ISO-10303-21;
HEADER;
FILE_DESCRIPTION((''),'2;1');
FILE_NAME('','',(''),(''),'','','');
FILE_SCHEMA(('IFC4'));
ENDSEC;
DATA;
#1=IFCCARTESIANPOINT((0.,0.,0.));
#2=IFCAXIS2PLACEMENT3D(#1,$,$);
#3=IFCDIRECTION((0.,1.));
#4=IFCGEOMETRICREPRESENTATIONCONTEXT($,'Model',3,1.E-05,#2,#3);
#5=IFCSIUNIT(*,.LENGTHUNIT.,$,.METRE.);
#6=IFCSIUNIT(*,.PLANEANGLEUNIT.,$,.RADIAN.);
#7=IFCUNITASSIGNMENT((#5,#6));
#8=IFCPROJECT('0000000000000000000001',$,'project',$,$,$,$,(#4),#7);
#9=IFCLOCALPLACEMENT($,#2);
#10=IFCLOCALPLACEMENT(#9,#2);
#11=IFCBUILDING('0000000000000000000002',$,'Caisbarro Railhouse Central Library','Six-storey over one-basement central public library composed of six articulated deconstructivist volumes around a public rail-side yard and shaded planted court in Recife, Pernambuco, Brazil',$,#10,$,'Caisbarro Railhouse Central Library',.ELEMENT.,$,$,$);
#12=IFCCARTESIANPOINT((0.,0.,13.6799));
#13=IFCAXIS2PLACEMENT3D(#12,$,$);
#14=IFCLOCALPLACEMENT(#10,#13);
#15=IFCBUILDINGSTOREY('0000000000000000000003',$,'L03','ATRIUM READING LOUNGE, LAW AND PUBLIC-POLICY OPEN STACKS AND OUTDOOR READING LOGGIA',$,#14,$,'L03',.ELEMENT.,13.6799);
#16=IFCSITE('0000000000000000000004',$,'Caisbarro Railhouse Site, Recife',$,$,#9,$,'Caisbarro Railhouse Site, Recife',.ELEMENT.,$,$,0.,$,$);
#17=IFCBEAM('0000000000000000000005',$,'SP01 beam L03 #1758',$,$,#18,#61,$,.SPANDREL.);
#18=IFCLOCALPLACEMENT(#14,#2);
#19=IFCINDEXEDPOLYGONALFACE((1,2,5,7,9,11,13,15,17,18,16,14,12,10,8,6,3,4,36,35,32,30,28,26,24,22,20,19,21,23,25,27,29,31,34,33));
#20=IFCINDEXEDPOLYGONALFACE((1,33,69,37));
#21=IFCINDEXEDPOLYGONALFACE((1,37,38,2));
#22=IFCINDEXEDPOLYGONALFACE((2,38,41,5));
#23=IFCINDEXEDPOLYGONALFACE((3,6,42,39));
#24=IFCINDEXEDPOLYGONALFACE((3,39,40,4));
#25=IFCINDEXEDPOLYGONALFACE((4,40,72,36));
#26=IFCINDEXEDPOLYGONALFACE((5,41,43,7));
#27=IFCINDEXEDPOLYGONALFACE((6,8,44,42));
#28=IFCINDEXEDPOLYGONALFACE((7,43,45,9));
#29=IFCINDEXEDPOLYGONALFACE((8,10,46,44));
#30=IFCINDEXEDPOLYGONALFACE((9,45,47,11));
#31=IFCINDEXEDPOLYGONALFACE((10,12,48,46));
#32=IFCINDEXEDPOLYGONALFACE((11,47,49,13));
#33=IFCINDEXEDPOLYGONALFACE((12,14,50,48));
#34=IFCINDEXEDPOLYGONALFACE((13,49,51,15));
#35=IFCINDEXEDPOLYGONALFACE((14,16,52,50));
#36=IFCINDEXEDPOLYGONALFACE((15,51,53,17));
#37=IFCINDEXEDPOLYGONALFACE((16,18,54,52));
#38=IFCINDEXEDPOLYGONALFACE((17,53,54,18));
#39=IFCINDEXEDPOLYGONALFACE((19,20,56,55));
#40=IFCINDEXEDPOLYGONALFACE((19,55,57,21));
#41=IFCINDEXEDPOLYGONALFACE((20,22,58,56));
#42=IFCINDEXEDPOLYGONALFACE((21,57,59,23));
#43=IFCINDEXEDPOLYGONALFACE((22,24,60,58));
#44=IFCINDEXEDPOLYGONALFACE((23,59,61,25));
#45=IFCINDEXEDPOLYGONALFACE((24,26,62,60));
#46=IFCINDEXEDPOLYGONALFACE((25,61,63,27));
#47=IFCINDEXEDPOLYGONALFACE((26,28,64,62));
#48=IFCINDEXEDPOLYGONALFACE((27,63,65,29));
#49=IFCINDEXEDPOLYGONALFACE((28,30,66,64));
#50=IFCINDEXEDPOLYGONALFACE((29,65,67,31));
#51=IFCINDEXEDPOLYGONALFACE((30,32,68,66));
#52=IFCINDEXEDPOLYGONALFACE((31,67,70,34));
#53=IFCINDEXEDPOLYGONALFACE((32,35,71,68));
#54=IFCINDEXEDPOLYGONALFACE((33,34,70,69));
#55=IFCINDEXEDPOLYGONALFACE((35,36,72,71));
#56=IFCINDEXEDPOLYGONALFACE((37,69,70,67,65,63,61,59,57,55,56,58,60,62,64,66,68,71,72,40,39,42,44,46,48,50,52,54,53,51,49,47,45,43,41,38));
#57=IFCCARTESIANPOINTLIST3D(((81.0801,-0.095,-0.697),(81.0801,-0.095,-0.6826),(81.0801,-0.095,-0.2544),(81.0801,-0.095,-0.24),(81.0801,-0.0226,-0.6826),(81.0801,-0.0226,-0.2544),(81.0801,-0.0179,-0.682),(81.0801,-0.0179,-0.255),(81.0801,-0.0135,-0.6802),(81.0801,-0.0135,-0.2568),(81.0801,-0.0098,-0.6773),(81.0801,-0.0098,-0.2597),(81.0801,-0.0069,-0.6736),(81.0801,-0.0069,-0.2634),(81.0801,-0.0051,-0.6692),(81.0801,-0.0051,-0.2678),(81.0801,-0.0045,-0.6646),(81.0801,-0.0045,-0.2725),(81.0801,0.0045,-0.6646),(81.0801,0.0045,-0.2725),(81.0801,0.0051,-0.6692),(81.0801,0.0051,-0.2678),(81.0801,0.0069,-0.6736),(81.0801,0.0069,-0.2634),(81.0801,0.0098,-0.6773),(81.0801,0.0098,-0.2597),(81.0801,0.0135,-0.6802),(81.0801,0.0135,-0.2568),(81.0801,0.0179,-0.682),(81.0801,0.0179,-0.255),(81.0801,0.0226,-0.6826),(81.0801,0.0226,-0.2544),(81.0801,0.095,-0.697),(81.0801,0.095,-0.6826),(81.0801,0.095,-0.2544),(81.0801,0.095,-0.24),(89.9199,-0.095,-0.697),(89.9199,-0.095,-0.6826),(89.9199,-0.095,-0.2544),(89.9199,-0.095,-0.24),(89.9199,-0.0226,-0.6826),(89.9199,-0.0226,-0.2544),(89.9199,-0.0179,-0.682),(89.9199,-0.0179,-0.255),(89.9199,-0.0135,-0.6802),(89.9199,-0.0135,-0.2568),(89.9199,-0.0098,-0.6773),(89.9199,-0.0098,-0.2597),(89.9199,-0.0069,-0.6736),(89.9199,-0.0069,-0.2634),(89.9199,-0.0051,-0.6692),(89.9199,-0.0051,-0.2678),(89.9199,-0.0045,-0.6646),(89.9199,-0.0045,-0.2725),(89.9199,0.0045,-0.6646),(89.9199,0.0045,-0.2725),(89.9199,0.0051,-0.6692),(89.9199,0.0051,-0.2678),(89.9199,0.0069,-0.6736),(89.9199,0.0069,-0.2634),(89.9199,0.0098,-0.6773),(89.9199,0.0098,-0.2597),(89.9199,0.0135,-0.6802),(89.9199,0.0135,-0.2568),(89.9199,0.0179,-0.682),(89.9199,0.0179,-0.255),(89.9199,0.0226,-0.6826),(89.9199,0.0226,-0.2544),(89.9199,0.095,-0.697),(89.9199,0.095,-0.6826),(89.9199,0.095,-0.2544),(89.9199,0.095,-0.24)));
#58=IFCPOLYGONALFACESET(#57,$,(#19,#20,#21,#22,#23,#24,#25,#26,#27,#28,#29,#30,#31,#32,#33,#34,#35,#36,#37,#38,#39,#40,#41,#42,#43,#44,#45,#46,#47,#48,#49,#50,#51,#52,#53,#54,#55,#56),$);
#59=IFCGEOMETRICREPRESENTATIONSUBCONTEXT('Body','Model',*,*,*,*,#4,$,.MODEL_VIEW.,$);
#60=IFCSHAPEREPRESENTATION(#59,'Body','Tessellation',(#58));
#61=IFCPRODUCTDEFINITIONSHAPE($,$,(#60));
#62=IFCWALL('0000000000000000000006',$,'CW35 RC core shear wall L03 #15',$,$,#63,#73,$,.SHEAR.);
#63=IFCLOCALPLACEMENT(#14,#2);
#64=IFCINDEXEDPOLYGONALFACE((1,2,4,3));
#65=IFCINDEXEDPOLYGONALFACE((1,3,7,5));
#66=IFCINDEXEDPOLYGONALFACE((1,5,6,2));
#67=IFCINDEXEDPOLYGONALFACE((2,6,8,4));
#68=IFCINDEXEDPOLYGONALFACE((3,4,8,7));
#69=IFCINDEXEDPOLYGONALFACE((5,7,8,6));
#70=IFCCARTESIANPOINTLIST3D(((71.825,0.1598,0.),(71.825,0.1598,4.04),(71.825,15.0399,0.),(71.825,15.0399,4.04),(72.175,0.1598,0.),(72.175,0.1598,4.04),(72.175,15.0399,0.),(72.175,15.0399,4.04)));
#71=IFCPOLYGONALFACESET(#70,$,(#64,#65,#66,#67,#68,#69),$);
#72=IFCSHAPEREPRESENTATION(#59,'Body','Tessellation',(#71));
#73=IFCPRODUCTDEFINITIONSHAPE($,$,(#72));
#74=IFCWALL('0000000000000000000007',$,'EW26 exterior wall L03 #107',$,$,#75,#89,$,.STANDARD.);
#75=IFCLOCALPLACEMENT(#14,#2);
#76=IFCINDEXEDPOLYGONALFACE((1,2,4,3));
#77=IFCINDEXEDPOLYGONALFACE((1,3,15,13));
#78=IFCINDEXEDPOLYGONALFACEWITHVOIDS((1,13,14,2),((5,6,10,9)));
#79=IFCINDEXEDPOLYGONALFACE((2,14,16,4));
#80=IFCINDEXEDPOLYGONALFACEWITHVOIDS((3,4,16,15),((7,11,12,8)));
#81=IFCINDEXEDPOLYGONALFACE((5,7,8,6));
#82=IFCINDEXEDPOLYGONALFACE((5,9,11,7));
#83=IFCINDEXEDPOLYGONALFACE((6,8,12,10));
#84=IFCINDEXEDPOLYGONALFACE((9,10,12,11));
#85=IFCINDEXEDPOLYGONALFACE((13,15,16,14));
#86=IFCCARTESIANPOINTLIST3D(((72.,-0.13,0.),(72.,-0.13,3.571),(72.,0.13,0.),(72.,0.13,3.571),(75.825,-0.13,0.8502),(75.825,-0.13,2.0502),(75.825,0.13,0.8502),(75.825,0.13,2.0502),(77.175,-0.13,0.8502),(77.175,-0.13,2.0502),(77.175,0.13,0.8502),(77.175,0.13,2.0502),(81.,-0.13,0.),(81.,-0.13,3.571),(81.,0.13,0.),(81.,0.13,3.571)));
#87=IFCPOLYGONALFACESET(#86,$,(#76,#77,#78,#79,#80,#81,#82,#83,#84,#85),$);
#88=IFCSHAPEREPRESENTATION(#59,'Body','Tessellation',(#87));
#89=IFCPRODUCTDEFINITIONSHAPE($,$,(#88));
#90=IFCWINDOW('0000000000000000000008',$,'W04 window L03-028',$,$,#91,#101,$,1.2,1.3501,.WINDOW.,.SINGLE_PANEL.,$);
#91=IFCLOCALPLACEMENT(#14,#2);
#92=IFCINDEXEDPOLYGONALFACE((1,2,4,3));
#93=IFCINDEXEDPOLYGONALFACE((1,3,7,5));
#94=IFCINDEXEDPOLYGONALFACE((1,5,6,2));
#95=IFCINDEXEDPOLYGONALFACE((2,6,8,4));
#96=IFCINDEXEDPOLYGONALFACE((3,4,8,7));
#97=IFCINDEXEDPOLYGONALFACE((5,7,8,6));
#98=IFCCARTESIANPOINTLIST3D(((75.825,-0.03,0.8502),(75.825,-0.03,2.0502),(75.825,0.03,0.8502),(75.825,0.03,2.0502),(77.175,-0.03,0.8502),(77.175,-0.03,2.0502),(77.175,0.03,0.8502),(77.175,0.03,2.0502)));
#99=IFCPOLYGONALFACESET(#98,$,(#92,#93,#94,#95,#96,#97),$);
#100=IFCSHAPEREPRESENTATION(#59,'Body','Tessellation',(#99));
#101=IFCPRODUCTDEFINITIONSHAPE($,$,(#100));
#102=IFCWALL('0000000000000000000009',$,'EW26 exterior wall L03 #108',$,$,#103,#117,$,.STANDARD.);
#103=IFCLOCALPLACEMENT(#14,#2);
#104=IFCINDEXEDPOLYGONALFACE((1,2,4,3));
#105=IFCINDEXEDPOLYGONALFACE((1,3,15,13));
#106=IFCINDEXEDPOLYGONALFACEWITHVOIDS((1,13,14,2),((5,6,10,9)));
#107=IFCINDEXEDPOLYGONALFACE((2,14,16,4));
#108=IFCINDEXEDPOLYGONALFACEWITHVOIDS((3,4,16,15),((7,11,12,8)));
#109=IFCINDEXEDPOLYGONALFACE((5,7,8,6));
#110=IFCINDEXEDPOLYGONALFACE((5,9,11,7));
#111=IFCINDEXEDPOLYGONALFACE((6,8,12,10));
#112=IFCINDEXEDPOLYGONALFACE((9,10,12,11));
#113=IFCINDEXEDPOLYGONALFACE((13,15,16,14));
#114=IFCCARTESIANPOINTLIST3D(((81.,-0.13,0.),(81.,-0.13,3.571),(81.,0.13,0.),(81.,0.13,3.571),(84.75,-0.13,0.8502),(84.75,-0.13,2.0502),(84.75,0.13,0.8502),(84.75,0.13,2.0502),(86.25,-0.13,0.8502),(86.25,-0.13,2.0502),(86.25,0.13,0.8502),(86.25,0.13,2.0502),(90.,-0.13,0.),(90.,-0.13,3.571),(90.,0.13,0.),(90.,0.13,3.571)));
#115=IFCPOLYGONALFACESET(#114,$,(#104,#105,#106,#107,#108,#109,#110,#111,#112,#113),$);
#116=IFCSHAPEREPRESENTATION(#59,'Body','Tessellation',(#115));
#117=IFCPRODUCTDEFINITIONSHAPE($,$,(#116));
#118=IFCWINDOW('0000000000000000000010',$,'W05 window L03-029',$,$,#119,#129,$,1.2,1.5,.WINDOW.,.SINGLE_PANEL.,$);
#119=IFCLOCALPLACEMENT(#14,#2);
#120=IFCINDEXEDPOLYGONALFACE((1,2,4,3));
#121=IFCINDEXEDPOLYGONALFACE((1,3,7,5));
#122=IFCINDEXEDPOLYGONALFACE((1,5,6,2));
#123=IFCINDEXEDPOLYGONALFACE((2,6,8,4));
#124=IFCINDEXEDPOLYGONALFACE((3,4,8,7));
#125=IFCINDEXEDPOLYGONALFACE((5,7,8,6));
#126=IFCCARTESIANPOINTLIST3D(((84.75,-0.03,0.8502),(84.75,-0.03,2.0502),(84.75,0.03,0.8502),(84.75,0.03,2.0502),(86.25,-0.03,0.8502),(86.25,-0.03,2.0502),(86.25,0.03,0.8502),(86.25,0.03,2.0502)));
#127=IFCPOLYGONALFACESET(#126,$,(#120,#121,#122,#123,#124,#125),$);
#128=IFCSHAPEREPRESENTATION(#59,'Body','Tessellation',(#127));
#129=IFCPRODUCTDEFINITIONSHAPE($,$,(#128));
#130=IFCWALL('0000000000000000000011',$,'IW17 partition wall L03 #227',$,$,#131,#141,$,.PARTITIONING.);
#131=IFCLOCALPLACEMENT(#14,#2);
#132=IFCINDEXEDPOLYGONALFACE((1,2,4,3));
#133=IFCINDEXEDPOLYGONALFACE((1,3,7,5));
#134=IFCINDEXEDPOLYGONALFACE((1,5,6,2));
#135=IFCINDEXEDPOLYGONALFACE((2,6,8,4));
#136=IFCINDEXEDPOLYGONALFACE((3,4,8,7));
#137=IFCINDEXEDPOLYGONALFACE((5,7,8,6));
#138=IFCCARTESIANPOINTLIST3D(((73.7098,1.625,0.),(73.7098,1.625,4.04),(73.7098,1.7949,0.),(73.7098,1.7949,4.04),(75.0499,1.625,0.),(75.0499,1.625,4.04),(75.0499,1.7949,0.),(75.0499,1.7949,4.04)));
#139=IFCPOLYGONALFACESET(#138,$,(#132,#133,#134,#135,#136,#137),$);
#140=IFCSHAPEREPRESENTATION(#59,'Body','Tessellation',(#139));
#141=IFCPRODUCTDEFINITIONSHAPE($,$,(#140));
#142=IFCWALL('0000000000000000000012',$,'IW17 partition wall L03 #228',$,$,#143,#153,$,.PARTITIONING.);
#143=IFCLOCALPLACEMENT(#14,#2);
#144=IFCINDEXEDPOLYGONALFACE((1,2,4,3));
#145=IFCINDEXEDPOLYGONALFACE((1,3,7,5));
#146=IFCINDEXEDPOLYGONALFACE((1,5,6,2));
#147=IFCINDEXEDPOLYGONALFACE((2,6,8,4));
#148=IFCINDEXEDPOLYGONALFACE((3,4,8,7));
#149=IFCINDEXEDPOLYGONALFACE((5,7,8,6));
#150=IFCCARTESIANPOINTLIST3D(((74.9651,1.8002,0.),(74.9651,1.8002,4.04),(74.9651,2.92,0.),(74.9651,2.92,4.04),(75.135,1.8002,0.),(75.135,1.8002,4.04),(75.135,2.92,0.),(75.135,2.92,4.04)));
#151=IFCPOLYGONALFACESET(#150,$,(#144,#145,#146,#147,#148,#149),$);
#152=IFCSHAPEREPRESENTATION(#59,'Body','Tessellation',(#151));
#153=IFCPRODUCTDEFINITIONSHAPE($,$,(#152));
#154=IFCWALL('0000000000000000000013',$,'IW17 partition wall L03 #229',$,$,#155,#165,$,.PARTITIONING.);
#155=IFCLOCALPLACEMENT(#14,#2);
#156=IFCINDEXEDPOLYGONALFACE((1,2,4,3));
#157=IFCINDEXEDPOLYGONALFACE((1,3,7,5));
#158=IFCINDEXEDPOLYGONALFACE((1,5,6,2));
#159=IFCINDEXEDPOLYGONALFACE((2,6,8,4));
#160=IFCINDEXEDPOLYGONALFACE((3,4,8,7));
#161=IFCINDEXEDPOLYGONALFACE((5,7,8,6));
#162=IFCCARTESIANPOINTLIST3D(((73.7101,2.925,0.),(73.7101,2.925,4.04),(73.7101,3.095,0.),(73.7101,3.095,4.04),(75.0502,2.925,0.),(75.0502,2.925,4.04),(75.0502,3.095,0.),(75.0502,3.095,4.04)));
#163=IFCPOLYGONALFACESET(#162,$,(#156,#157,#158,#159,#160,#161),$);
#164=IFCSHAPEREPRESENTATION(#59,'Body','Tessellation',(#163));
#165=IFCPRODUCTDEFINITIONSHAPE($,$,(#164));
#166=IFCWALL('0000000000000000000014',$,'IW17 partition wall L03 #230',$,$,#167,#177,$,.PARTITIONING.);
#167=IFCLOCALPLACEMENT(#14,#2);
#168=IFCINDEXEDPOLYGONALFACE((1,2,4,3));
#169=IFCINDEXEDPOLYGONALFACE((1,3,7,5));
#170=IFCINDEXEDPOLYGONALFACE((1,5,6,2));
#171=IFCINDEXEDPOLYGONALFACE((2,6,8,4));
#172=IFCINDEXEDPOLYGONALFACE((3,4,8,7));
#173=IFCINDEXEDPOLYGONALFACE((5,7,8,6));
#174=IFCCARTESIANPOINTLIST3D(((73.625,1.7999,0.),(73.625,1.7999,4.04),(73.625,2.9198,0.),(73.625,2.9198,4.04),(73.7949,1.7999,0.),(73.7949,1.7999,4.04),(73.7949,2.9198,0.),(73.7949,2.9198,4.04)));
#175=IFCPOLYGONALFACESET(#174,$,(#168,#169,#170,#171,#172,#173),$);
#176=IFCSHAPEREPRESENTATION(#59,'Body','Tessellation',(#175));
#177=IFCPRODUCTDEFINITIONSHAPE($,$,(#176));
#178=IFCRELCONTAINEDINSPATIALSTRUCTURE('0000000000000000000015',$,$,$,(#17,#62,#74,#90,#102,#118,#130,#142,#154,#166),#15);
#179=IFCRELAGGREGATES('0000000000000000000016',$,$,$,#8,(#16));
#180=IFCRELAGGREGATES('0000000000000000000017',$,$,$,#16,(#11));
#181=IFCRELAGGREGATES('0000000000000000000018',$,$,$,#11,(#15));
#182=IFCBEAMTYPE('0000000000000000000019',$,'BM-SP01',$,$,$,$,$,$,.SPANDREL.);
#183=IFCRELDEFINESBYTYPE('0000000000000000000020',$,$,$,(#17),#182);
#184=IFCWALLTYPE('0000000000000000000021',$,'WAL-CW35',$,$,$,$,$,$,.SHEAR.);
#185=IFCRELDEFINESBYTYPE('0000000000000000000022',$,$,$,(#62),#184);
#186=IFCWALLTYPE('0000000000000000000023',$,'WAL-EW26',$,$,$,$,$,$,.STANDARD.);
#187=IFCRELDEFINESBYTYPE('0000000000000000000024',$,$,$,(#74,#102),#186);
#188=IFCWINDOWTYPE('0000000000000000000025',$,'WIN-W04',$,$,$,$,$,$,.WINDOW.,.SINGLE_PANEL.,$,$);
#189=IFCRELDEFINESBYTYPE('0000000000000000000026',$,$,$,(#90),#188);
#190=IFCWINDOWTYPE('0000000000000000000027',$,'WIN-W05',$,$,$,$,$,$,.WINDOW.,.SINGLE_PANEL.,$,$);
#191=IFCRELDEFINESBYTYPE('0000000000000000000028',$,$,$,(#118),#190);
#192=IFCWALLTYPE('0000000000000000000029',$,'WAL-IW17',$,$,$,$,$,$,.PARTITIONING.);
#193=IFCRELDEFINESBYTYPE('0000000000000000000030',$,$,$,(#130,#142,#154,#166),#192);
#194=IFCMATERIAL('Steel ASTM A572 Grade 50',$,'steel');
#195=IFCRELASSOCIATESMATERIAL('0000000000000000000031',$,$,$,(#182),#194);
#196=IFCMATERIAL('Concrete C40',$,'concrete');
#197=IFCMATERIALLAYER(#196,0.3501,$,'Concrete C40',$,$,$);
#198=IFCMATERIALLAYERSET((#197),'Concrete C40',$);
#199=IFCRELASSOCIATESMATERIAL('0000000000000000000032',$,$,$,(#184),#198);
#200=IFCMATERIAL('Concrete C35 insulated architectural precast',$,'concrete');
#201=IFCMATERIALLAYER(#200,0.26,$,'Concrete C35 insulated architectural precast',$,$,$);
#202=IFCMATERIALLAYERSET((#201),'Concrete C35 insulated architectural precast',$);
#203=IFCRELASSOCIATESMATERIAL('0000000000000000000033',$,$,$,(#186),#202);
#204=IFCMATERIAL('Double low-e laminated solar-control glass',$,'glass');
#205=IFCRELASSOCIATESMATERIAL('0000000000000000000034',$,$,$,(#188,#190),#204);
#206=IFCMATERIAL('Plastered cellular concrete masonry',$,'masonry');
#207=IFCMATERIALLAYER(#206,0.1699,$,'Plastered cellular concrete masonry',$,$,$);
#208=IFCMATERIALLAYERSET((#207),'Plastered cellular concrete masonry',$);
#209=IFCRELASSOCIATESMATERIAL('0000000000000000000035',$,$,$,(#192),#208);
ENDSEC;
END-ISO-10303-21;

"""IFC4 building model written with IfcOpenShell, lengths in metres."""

from ifc_helpers import new_model, si_unit, direction, frame, frame_2d, origin, origin_2d, place, context, subcontext, project, spatial, rectangle, i_section, extrude, material, layer, layer_set, material_profile, profile_set, type_object, element, fill, save


model = new_model("IFC4")

# Units and contexts
model_context = context("Model", 3, precision=1e-05, world=origin(), true_north=direction((0.0, 1.0)))
body_context = subcontext(model_context, "Body", "Model", "MODEL_VIEW")
ifc_project = project(units=[si_unit("LENGTHUNIT", "METRE"), si_unit("PLANEANGLEUNIT", "RADIAN")], contexts=[model_context])

# Site, building, storey
site_placement = place(None, origin())
site = spatial("IfcSite", under=ifc_project, at=site_placement, Name="Caisbarro Railhouse Site, Recife", LongName="Caisbarro Railhouse Site, Recife", CompositionType="ELEMENT", RefElevation=0.0)
building_placement = place(site_placement, origin())
building = spatial("IfcBuilding", under=site, at=building_placement, Name="Caisbarro Railhouse Central Library", Description="Six-storey over one-basement central public library composed of six articulated deconstructivist volumes around a public rail-side yard and shaded planted court in Recife, Pernambuco, Brazil", LongName="Caisbarro Railhouse Central Library", CompositionType="ELEMENT")
storey_placement = place(building_placement, frame((0.0, 0.0, 13.6799)))
storey = spatial("IfcBuildingStorey", under=building, at=storey_placement, Name="L03", Description="ATRIUM READING LOUNGE, LAW AND PUBLIC-POLICY OPEN STACKS AND OUTDOOR READING LOGGIA", LongName="L03", CompositionType="ELEMENT", Elevation=13.6799)

# Shared definitions
ifc_material_1 = material(Name="Steel ASTM A572 Grade 50", Category="steel")

# Beam
ifc_material_profile_1 = material_profile(ifc_material_1, i_section(OverallWidth=0.1899, OverallDepth=0.457, WebThickness=0.009, FlangeThickness=0.0144, FilletRadius=0.0181, at=origin_2d()), Name="W460X74.0")
ifc_profile_set_1 = profile_set([ifc_material_profile_1], Name="Steel ASTM A572 Grade 50")
beam_type_1 = type_object("IfcBeamType", Name="BM-SP01", PredefinedType="SPANDREL", material=ifc_profile_set_1)
for number, where, z_axis, x_axis, name in (
    (1, (81.0801, 0.0, -0.4685), (1.0, 0.0, 0.0), (0.0, 1.0, 0.0), "SP01 beam L03 #1758"),
):
    element("IfcBeam", number, at=place(storey_placement, frame(where, z_axis=z_axis, x_axis=x_axis)), inside=storey, type_object=beam_type_1, Name=name, PredefinedType="SPANDREL", context=body_context, shape_type="SweptSolid", body=[
        extrude(i_section(OverallWidth=0.1899, OverallDepth=0.457, WebThickness=0.009, FlangeThickness=0.0144, FilletRadius=0.0181, at=origin_2d()), origin(), (0.0, 0.0, 1.0), 8.8398),
    ])

# Wall
ifc_material_2 = material(Name="Concrete C40", Category="concrete")
ifc_layer_1 = layer(ifc_material_2, 0.3501, Name="Concrete C40")
ifc_layer_set_1 = layer_set([ifc_layer_1], Name="Concrete C40")
wall_type_1 = type_object("IfcWallType", Name="WAL-CW35", PredefinedType="SHEAR", material=ifc_layer_set_1)
wall_1_placement = place(storey_placement, frame((72.0, 0.1599, 0.0), z_axis=(0.0, 0.0, 1.0), x_axis=(0.0, 1.0, 0.0)))
element("IfcWall", 2, at=wall_1_placement, inside=storey, type_object=wall_type_1, Name="CW35 RC core shear wall L03 #15", PredefinedType="SHEAR", context=body_context, shape_type="SweptSolid", body=[
    extrude(rectangle(XDim=14.8801, YDim=0.3501, at=frame_2d((7.4399, 0.0))), origin(), (0.0, 0.0, 1.0), 4.04),
])

# Walls, openings, windows
ifc_material_3 = material(Name="Concrete C35 insulated architectural precast", Category="concrete")
ifc_layer_2 = layer(ifc_material_3, 0.26, Name="Concrete C35 insulated architectural precast")
ifc_layer_set_2 = layer_set([ifc_layer_2], Name="Concrete C35 insulated architectural precast")
wall_type_2 = type_object("IfcWallType", Name="WAL-EW26", PredefinedType="STANDARD", material=ifc_layer_set_2)
wall_2_placement = place(storey_placement, frame((72.0, 0.0, 0.0), z_axis=(0.0, 0.0, 1.0), x_axis=(1.0, 0.0, 0.0)))
wall_2 = element("IfcWall", 3, at=wall_2_placement, inside=storey, type_object=wall_type_2, Name="EW26 exterior wall L03 #107", PredefinedType="STANDARD", context=body_context, shape_type="SweptSolid", body=[
    extrude(rectangle(XDim=9.0, YDim=0.26, at=frame_2d((4.5, 0.0))), origin(), (0.0, 0.0, 1.0), 3.571),
])
opening_1_placement = place(wall_2_placement, frame((3.825, 0.0, 0.8501)))
opening_1 = element("IfcOpeningElement", 4, at=opening_1_placement, cuts=wall_2, PredefinedType="OPENING", context=body_context, shape_type="SweptSolid", body=[
    extrude(rectangle(XDim=1.3501, YDim=1.2, at=frame_2d((0.675, 0.6001))), frame((0.0, 0.1401, 0.0), z_axis=(0.0, -1.0, 0.0), x_axis=(1.0, 0.0, 0.0)), (0.0, 0.0, 1.0), 0.28),
])
ifc_material_4 = material(Name="Double low-e laminated solar-control glass", Category="glass")
window_type_1 = type_object("IfcWindowType", Name="WIN-W04", PartitioningType="SINGLE_PANEL", PredefinedType="WINDOW", material=ifc_material_4)
window_1_placement = place(opening_1_placement, origin())
window_1 = element("IfcWindow", 5, at=window_1_placement, inside=storey, type_object=window_type_1, Name="W04 window L03-028", OverallHeight=1.2, OverallWidth=1.3501, PartitioningType="SINGLE_PANEL", PredefinedType="WINDOW", context=body_context, shape_type="SweptSolid", body=[
    extrude(rectangle(XDim=1.3501, YDim=1.2, at=frame_2d((0.675, 0.6001))), frame((0.0, 0.03, 0.0), z_axis=(0.0, -1.0, 0.0), x_axis=(1.0, 0.0, 0.0)), (0.0, 0.0, 1.0), 0.0601),
])
fill(opening_1, window_1)
wall_3_placement = place(storey_placement, frame((81.0, 0.0, 0.0), z_axis=(0.0, 0.0, 1.0), x_axis=(1.0, 0.0, 0.0)))
wall_3 = element("IfcWall", 6, at=wall_3_placement, inside=storey, type_object=wall_type_2, Name="EW26 exterior wall L03 #108", PredefinedType="STANDARD", context=body_context, shape_type="SweptSolid", body=[
    extrude(rectangle(XDim=9.0, YDim=0.26, at=frame_2d((4.5, 0.0))), origin(), (0.0, 0.0, 1.0), 3.571),
])
opening_2_placement = place(wall_3_placement, frame((3.75, 0.0, 0.8501)))
opening_2 = element("IfcOpeningElement", 7, at=opening_2_placement, cuts=wall_3, PredefinedType="OPENING", context=body_context, shape_type="SweptSolid", body=[
    extrude(rectangle(XDim=1.5, YDim=1.2, at=frame_2d((0.75, 0.6001))), frame((0.0, 0.1401, 0.0), z_axis=(0.0, -1.0, 0.0), x_axis=(1.0, 0.0, 0.0)), (0.0, 0.0, 1.0), 0.28),
])
window_type_2 = type_object("IfcWindowType", Name="WIN-W05", PartitioningType="SINGLE_PANEL", PredefinedType="WINDOW", material=ifc_material_4)
window_2_placement = place(opening_2_placement, origin())
window_2 = element("IfcWindow", 8, at=window_2_placement, inside=storey, type_object=window_type_2, Name="W05 window L03-029", OverallHeight=1.2, OverallWidth=1.5, PartitioningType="SINGLE_PANEL", PredefinedType="WINDOW", context=body_context, shape_type="SweptSolid", body=[
    extrude(rectangle(XDim=1.5, YDim=1.2, at=frame_2d((0.75, 0.6001))), frame((0.0, 0.03, 0.0), z_axis=(0.0, -1.0, 0.0), x_axis=(1.0, 0.0, 0.0)), (0.0, 0.0, 1.0), 0.0601),
])
fill(opening_2, window_2)

# Walls
ifc_material_5 = material(Name="Plastered cellular concrete masonry", Category="masonry")
ifc_layer_3 = layer(ifc_material_5, 0.1699, Name="Plastered cellular concrete masonry")
ifc_layer_set_3 = layer_set([ifc_layer_3], Name="Plastered cellular concrete masonry")
wall_type_3 = type_object("IfcWallType", Name="WAL-IW17", PredefinedType="PARTITIONING", material=ifc_layer_set_3)
wall_4_placement = place(storey_placement, frame((73.71, 1.71, 0.0), z_axis=(0.0, 0.0, 1.0), x_axis=(1.0, 0.0, 0.0)))
element("IfcWall", 9, at=wall_4_placement, inside=storey, type_object=wall_type_3, Name="IW17 partition wall L03 #227", PredefinedType="PARTITIONING", context=body_context, shape_type="SweptSolid", body=[
    extrude(rectangle(XDim=1.3401, YDim=0.1699, at=frame_2d((0.6699, 0.0))), origin(), (0.0, 0.0, 1.0), 4.04),
])
wall_5_placement = place(storey_placement, frame((75.05, 1.8, 0.0), z_axis=(0.0, 0.0, 1.0), x_axis=(0.0, 1.0, 0.0)))
element("IfcWall", 10, at=wall_5_placement, inside=storey, type_object=wall_type_3, Name="IW17 partition wall L03 #228", PredefinedType="PARTITIONING", context=body_context, shape_type="SweptSolid", body=[
    extrude(rectangle(XDim=1.1199, YDim=0.1699, at=frame_2d((0.5601, 0.0))), origin(), (0.0, 0.0, 1.0), 4.04),
])
wall_6_placement = place(storey_placement, frame((75.05, 3.01, 0.0), z_axis=(0.0, 0.0, 1.0), x_axis=(-1.0, 0.0, 0.0)))
element("IfcWall", 11, at=wall_6_placement, inside=storey, type_object=wall_type_3, Name="IW17 partition wall L03 #229", PredefinedType="PARTITIONING", context=body_context, shape_type="SweptSolid", body=[
    extrude(rectangle(XDim=1.3401, YDim=0.1699, at=frame_2d((0.6699, 0.0))), origin(), (0.0, 0.0, 1.0), 4.04),
])
wall_7_placement = place(storey_placement, frame((73.71, 2.9199, 0.0), z_axis=(0.0, 0.0, 1.0), x_axis=(0.0, -1.0, 0.0)))
element("IfcWall", 12, at=wall_7_placement, inside=storey, type_object=wall_type_3, Name="IW17 partition wall L03 #230", PredefinedType="PARTITIONING", context=body_context, shape_type="SweptSolid", body=[
    extrude(rectangle(XDim=1.1199, YDim=0.1699, at=frame_2d((0.5601, 0.0))), origin(), (0.0, 0.0, 1.0), 4.04),
])

save(model, "model.ifc")
